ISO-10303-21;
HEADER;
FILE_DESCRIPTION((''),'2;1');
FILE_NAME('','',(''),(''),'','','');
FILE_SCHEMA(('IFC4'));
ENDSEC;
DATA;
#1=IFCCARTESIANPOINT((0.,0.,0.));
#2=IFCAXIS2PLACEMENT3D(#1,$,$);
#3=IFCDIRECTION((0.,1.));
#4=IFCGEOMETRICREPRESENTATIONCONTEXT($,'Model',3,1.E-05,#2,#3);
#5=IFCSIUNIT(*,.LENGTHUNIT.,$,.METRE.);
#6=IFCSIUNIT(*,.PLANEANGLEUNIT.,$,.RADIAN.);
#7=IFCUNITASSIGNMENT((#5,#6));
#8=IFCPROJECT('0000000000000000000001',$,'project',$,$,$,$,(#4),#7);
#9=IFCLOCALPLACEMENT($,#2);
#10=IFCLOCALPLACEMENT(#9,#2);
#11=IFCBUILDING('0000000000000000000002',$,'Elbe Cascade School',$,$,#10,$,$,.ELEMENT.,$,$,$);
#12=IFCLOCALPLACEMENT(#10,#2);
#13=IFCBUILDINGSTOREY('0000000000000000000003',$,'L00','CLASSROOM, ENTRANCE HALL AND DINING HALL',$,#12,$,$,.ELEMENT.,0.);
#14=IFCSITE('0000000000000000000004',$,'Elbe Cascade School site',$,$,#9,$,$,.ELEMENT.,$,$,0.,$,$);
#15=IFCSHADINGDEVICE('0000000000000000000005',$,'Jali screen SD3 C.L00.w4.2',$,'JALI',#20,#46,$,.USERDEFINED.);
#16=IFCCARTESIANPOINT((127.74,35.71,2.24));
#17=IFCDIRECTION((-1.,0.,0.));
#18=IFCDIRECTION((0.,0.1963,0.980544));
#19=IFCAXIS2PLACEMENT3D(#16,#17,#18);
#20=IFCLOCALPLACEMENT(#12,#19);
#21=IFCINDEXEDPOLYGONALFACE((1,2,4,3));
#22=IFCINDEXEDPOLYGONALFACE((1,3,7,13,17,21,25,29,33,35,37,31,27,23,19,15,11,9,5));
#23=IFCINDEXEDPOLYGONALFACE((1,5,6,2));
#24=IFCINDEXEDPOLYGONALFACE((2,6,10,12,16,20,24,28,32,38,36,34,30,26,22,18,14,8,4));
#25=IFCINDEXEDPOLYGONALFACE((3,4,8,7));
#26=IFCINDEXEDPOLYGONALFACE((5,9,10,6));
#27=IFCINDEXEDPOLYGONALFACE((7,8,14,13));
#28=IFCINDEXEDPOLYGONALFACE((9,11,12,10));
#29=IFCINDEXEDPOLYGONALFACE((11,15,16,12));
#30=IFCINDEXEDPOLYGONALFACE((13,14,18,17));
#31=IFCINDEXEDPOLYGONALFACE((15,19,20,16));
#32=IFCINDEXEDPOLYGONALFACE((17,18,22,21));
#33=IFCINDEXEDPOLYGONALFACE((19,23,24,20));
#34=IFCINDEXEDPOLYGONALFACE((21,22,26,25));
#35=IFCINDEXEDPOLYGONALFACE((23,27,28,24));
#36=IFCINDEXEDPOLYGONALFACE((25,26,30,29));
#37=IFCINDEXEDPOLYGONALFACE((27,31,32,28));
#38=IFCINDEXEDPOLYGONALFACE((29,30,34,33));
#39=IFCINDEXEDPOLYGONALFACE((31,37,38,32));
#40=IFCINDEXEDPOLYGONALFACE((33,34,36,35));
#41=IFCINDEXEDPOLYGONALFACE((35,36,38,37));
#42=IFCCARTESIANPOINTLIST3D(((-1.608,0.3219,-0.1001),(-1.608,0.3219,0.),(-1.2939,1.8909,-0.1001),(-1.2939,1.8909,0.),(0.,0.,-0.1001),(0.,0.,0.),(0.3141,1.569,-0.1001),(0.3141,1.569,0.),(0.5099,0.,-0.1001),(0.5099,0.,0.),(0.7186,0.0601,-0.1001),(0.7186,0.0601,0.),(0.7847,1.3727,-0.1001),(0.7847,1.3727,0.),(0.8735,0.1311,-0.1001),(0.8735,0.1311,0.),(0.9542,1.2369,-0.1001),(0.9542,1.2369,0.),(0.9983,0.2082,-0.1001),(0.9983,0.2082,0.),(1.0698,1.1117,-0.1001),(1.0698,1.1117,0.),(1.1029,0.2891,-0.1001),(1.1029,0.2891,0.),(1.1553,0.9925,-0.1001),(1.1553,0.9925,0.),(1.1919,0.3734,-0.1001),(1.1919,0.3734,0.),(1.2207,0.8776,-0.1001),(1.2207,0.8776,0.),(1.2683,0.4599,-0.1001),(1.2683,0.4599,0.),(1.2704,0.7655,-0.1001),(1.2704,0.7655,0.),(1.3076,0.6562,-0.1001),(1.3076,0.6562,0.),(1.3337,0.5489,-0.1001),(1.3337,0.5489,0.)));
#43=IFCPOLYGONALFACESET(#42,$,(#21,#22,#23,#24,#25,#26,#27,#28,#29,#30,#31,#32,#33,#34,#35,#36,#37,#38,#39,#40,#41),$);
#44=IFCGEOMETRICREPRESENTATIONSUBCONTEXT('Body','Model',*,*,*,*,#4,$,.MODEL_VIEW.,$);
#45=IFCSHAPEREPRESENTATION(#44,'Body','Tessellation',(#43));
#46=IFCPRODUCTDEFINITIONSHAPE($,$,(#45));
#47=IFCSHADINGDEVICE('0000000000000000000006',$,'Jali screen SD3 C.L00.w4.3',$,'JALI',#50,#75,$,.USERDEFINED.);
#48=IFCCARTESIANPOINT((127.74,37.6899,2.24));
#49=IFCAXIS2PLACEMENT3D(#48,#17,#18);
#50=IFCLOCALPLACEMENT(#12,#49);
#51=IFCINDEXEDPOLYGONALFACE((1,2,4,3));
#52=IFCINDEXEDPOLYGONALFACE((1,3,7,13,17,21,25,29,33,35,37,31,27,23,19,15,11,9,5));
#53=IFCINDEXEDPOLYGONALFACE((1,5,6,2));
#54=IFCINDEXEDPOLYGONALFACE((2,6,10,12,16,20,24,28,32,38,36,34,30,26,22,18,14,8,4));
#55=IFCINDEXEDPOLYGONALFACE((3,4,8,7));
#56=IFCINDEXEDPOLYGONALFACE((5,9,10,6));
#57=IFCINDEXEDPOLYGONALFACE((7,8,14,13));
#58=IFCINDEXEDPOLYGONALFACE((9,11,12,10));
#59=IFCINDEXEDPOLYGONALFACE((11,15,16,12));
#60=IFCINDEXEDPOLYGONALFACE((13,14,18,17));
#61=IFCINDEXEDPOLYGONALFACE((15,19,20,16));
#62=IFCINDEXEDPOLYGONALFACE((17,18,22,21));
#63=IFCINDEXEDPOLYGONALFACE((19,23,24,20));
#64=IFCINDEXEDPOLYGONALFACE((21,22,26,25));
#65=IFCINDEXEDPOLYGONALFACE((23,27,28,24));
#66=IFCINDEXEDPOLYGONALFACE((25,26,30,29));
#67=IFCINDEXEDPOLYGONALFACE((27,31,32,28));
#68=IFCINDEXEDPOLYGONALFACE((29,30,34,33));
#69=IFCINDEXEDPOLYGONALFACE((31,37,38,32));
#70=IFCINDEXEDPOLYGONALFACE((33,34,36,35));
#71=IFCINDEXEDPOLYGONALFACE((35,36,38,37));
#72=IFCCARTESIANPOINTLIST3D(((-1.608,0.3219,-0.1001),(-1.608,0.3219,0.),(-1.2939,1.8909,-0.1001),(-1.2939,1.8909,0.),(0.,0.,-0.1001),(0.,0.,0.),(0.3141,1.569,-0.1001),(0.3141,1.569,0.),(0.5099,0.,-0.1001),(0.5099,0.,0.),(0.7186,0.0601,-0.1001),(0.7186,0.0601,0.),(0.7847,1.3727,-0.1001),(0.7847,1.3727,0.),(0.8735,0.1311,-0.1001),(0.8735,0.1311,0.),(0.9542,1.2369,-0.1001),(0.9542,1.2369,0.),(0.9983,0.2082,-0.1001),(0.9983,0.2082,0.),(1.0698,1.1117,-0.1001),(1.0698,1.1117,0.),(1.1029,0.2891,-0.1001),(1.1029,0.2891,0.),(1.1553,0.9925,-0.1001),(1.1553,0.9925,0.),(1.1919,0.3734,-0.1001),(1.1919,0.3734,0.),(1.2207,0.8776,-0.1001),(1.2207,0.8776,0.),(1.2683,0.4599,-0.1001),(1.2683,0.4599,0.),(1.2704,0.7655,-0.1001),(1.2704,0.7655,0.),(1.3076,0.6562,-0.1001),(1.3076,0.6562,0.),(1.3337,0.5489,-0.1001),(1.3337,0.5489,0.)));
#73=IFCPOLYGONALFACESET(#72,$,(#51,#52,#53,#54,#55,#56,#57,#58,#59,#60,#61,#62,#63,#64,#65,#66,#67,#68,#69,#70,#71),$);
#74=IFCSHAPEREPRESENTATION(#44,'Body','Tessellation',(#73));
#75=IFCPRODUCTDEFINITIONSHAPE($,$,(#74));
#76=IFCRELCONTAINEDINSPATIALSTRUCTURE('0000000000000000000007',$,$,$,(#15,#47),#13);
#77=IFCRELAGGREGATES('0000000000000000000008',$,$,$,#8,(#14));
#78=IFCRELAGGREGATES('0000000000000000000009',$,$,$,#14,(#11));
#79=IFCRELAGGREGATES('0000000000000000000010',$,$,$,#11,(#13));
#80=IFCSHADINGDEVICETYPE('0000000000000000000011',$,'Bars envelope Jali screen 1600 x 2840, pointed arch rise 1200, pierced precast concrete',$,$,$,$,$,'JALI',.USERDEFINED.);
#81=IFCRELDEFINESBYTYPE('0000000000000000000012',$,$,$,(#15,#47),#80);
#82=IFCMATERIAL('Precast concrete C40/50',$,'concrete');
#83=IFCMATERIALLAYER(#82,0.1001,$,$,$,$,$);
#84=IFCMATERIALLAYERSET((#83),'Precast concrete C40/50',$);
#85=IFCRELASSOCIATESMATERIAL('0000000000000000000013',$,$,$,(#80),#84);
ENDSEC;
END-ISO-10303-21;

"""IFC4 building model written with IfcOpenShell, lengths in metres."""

from ifc_helpers import new_model, si_unit, direction, frame, origin, place, context, subcontext, project, spatial, polyline, outline, extrude, material, layer, layer_set, type_object, element, save


model = new_model("IFC4")

# Units and contexts
model_context = context("Model", 3, precision=1e-05, world=origin(), true_north=direction((0.0, 1.0)))
body_context = subcontext(model_context, "Body", "Model", "MODEL_VIEW")
ifc_project = project(units=[si_unit("LENGTHUNIT", "METRE"), si_unit("PLANEANGLEUNIT", "RADIAN")], contexts=[model_context])

# Site, building, storey
site_placement = place(None, origin())
site = spatial("IfcSite", under=ifc_project, at=site_placement, Name="Elbe Cascade School site", CompositionType="ELEMENT", RefElevation=0.0)
building_placement = place(site_placement, origin())
building = spatial("IfcBuilding", under=site, at=building_placement, Name="Elbe Cascade School", CompositionType="ELEMENT")
storey_placement = place(building_placement, origin())
storey = spatial("IfcBuildingStorey", under=building, at=storey_placement, Name="L00", Description="CLASSROOM, ENTRANCE HALL AND DINING HALL", CompositionType="ELEMENT", Elevation=0.0)

# Shading devices
ifc_material_1 = material(Name="Precast concrete C40/50", Category="concrete")
ifc_layer_1 = layer(ifc_material_1, 0.1001)
ifc_layer_set_1 = layer_set([ifc_layer_1], Name="Precast concrete C40/50")
shading_device_type = type_object("IfcShadingDeviceType", Name="Bars envelope Jali screen 1600 x 2840, pointed arch rise 1200, pierced precast concrete", ElementType="JALI", PredefinedType="USERDEFINED", material=ifc_layer_set_1)
for number, where, z_axis, x_axis, name in (
    (1, (127.74, 35.71, 2.24), (-1.0, 0.0, 0.0), (0.0, 0.1963, 0.980544), "Jali screen SD3 C.L00.w4.2"),
    (2, (127.74, 37.6899, 2.24), (-1.0, 0.0, 0.0), (0.0, 0.1963, 0.980544), "Jali screen SD3 C.L00.w4.3"),
):
    element("IfcShadingDevice", number, at=place(storey_placement, frame(where, z_axis=z_axis, x_axis=x_axis)), inside=storey, type_object=shading_device_type, Name=name, ObjectType="JALI", PredefinedType="USERDEFINED", context=body_context, shape_type="SweptSolid", body=[
        extrude(outline(polyline([(0.0, 0.0), (0.5099, 0.0), (0.7186, 0.0601), (0.8735, 0.1311), (0.9983, 0.2082), (1.1029, 0.2891), (1.1919, 0.3734), (1.2683, 0.4599), (1.3337, 0.5489), (1.3076, 0.6562), (1.2704, 0.7655), (1.2207, 0.8776), (1.1553, 0.9925), (1.0698, 1.1117), (0.9542, 1.2369), (0.7847, 1.3727), (0.3141, 1.569), (-1.2939, 1.8909), (-1.608, 0.3219), (0.0, 0.0)])), origin(), (0.0, 0.0, -1.0), 0.1001),
    ])

save(model, "model.ifc")
